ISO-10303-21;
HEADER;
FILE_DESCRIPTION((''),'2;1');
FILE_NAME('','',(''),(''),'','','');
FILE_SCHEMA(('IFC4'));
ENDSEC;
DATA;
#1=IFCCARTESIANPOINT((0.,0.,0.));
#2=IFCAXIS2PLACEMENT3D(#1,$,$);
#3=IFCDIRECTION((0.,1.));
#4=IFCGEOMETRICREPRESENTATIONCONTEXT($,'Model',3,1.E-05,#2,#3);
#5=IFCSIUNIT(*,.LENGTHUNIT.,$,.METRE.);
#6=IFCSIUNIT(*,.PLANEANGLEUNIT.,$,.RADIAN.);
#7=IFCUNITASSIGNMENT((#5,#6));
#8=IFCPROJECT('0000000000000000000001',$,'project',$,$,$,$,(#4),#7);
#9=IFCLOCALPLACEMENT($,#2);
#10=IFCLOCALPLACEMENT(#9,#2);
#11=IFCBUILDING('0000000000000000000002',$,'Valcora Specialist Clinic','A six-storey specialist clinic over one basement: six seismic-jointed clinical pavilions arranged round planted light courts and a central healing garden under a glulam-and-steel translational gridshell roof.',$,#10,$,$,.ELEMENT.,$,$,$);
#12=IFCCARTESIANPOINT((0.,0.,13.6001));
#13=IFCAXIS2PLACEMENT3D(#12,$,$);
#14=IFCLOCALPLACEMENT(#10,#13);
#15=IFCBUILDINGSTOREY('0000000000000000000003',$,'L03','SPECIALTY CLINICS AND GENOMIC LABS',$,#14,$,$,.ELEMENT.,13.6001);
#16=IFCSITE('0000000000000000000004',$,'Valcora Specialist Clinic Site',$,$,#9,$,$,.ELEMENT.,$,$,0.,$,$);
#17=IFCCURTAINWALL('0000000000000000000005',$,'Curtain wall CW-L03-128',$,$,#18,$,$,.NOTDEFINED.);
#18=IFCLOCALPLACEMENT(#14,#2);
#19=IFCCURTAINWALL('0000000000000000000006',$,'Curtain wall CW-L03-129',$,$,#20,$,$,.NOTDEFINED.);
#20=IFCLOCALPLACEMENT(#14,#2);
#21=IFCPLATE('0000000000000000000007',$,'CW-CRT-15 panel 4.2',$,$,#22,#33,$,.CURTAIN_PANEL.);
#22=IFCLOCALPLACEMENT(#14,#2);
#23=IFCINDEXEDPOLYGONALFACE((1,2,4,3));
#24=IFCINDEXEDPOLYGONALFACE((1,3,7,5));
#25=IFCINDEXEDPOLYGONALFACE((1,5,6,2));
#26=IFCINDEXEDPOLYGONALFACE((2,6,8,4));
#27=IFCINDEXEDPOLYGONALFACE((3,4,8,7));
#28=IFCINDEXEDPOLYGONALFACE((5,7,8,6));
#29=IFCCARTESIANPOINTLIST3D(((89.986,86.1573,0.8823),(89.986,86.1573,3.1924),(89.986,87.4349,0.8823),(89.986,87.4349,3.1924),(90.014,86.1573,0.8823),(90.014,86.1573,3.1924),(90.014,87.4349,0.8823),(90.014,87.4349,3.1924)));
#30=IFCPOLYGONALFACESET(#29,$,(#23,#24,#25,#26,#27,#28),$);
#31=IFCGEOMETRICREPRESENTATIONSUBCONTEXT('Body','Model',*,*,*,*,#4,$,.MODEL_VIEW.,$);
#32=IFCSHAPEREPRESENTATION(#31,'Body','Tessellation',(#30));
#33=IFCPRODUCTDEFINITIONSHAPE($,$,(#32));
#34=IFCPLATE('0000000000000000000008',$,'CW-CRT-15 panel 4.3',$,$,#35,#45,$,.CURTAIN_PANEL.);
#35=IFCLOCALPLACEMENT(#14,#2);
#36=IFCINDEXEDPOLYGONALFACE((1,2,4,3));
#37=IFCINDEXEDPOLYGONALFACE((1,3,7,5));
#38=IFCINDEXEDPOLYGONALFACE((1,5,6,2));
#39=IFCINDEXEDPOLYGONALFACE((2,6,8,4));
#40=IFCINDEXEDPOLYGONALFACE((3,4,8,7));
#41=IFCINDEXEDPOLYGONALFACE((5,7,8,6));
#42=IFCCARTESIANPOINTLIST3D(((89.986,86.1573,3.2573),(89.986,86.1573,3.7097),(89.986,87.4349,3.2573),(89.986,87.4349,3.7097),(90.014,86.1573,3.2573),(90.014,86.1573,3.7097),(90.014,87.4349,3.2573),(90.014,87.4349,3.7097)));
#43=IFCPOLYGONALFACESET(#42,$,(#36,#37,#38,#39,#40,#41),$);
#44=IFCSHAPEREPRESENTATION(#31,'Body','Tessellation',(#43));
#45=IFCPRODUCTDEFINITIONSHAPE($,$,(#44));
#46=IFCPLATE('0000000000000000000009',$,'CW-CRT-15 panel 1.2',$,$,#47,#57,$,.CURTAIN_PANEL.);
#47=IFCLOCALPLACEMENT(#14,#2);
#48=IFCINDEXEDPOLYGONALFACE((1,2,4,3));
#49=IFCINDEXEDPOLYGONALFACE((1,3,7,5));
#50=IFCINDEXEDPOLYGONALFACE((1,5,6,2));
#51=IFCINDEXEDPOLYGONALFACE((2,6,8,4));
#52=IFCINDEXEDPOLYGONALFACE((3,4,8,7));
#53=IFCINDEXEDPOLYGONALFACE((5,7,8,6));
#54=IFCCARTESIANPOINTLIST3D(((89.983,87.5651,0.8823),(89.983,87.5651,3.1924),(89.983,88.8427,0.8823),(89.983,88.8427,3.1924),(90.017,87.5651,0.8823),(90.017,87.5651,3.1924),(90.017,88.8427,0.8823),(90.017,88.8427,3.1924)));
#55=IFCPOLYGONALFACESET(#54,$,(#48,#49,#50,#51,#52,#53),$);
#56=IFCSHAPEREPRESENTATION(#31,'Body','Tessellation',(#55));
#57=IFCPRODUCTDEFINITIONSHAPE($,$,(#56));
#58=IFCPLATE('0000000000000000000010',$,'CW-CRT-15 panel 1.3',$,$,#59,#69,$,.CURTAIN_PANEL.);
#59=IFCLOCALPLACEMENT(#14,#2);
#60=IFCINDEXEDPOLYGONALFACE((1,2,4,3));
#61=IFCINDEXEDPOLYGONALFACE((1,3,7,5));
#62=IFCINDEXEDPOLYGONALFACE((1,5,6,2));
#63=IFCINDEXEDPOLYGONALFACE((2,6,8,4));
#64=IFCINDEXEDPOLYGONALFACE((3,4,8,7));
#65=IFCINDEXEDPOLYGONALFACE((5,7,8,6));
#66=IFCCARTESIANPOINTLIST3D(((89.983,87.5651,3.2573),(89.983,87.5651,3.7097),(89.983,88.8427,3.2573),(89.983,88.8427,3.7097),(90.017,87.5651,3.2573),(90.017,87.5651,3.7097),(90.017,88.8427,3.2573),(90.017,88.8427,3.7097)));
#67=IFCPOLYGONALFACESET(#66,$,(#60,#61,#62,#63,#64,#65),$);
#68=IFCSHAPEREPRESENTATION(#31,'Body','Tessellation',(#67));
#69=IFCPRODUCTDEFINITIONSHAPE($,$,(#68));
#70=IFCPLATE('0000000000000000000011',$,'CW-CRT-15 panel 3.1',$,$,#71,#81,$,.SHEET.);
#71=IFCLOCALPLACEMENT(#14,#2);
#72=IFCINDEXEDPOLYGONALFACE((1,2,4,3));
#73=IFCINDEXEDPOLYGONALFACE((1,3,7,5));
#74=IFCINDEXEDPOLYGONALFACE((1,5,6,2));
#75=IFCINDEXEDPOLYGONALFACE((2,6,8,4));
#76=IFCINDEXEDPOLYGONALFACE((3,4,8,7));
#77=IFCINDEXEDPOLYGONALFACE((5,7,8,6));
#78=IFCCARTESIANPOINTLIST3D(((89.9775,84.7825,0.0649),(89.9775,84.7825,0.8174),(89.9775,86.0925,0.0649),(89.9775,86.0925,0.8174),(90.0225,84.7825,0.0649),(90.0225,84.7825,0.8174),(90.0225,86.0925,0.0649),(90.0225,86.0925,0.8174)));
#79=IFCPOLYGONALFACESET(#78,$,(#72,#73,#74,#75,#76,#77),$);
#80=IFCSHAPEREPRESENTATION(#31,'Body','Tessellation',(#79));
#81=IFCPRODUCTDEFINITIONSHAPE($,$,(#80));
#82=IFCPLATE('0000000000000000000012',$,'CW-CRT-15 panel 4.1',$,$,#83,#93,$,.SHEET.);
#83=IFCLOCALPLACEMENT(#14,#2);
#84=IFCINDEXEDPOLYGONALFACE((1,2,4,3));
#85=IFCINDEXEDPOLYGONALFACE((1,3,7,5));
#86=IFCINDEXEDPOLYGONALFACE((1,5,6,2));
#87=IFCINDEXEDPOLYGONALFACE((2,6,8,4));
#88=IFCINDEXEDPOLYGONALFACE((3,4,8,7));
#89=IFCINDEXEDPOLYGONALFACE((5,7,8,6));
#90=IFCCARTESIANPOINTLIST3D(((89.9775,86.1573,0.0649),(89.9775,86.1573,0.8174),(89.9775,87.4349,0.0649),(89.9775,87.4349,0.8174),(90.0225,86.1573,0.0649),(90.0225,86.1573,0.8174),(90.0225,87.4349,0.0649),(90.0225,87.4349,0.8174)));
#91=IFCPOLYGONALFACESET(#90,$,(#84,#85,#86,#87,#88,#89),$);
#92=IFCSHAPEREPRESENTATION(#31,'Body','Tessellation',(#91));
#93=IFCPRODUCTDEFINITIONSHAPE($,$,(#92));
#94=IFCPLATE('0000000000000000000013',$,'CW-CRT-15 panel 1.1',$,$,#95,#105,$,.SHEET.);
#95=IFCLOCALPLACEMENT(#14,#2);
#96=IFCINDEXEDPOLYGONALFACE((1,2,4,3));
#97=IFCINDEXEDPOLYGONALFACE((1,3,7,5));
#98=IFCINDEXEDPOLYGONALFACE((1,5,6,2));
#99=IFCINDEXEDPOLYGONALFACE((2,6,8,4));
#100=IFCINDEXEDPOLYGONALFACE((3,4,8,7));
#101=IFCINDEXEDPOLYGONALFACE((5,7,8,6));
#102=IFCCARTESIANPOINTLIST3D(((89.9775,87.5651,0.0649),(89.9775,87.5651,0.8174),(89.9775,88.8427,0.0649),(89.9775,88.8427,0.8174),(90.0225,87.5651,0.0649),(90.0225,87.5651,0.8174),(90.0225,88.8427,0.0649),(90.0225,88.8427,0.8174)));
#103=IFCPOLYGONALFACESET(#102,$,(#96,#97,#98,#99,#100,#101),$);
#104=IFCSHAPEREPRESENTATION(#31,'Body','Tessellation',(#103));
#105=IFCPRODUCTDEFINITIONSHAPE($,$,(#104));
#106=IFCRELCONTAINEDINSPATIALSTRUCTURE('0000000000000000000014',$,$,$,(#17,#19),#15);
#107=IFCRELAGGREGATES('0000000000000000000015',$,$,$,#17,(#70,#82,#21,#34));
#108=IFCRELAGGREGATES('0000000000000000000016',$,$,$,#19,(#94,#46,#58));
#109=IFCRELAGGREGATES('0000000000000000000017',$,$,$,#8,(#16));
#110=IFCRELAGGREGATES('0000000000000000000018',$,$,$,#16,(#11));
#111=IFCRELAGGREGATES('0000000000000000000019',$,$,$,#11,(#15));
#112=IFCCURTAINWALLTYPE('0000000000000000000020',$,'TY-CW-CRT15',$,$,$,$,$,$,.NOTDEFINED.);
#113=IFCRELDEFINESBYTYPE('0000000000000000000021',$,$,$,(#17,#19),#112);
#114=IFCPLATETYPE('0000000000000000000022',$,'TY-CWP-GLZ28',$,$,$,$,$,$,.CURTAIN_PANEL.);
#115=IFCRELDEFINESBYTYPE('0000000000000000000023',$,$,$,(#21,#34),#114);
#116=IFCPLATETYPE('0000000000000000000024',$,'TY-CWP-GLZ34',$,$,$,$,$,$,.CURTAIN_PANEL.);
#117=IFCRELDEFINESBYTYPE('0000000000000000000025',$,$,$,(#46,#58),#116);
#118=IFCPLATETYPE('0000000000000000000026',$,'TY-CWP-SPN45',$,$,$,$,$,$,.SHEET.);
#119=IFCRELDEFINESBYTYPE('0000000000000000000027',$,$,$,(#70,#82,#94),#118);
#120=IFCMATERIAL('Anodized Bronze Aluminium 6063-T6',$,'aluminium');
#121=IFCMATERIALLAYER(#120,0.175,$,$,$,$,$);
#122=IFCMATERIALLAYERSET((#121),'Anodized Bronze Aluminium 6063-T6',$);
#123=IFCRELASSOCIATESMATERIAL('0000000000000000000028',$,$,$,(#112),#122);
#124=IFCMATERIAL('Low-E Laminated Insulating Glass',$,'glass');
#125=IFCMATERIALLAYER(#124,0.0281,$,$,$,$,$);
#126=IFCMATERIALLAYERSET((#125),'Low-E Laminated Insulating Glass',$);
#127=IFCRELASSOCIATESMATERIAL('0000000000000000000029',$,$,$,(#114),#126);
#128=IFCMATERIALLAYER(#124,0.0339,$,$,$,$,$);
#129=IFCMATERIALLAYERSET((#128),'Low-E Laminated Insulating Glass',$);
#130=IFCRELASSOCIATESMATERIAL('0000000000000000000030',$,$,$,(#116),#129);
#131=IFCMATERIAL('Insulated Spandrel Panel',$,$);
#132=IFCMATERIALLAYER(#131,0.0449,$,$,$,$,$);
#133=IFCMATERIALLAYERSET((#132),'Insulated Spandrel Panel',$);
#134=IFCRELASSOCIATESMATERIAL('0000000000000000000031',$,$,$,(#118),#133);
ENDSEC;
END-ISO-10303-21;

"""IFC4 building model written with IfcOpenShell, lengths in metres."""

from ifc_helpers import new_model, si_unit, direction, frame, origin, origin_2d, place, context, subcontext, project, spatial, rectangle, extrude, material, layer, layer_set, type_object, element, aggregate, save


model = new_model("IFC4")

# Units and contexts
model_context = context("Model", 3, precision=1e-05, world=origin(), true_north=direction((0.0, 1.0)))
body_context = subcontext(model_context, "Body", "Model", "MODEL_VIEW")
ifc_project = project(units=[si_unit("LENGTHUNIT", "METRE"), si_unit("PLANEANGLEUNIT", "RADIAN")], contexts=[model_context])

# Site, building, storey
site_placement = place(None, origin())
site = spatial("IfcSite", under=ifc_project, at=site_placement, Name="Valcora Specialist Clinic Site", CompositionType="ELEMENT", RefElevation=0.0)
building_placement = place(site_placement, origin())
building = spatial("IfcBuilding", under=site, at=building_placement, Name="Valcora Specialist Clinic", Description="A six-storey specialist clinic over one basement: six seismic-jointed clinical pavilions arranged round planted light courts and a central healing garden under a glulam-and-steel translational gridshell roof.", CompositionType="ELEMENT")
storey_placement = place(building_placement, frame((0.0, 0.0, 13.6001)))
storey = spatial("IfcBuildingStorey", under=building, at=storey_placement, Name="L03", Description="SPECIALTY CLINICS AND GENOMIC LABS", CompositionType="ELEMENT", Elevation=13.6001)

# Curtain walls
ifc_material_1 = material(Name="Anodized Bronze Aluminium 6063-T6", Category="aluminium")
ifc_layer_1 = layer(ifc_material_1, 0.175)
ifc_layer_set_1 = layer_set([ifc_layer_1], Name="Anodized Bronze Aluminium 6063-T6")
curtain_wall_type = type_object("IfcCurtainWallType", Name="TY-CW-CRT15", PredefinedType="NOTDEFINED", material=ifc_layer_set_1)
curtain_wall_1_placement = place(storey_placement, origin())
curtain_wall_1 = element("IfcCurtainWall", 1, at=curtain_wall_1_placement, inside=storey, type_object=curtain_wall_type, Name="Curtain wall CW-L03-128", PredefinedType="NOTDEFINED")
curtain_wall_2_placement = place(storey_placement, origin())
curtain_wall_2 = element("IfcCurtainWall", 2, at=curtain_wall_2_placement, inside=storey, type_object=curtain_wall_type, Name="Curtain wall CW-L03-129", PredefinedType="NOTDEFINED")

# Plates
ifc_material_2 = material(Name="Low-E Laminated Insulating Glass", Category="glass")
ifc_layer_2 = layer(ifc_material_2, 0.0281)
ifc_layer_set_2 = layer_set([ifc_layer_2], Name="Low-E Laminated Insulating Glass")
plate_type_1 = type_object("IfcPlateType", Name="TY-CWP-GLZ28", PredefinedType="CURTAIN_PANEL", material=ifc_layer_set_2)
plate_1_placement = place(storey_placement, frame((90.0, 86.7961, 0.8823), z_axis=(0.0, 0.0, 1.0), x_axis=(0.0, 1.0, 0.0)))
plate_1 = element("IfcPlate", 3, at=plate_1_placement, type_object=plate_type_1, Name="CW-CRT-15 panel 4.2", PredefinedType="CURTAIN_PANEL", context=body_context, shape_type="SweptSolid", body=[
    extrude(rectangle(XDim=1.2776, YDim=0.0281, at=origin_2d()), origin(), (0.0, 0.0, 1.0), 2.3101),
])
plate_2_placement = place(storey_placement, frame((90.0, 86.7961, 3.2573), z_axis=(0.0, 0.0, 1.0), x_axis=(0.0, 1.0, 0.0)))
plate_2 = element("IfcPlate", 4, at=plate_2_placement, type_object=plate_type_1, Name="CW-CRT-15 panel 4.3", PredefinedType="CURTAIN_PANEL", context=body_context, shape_type="SweptSolid", body=[
    extrude(rectangle(XDim=1.2776, YDim=0.0281, at=origin_2d()), origin(), (0.0, 0.0, 1.0), 0.4524),
])
ifc_layer_3 = layer(ifc_material_2, 0.0339)
ifc_layer_set_3 = layer_set([ifc_layer_3], Name="Low-E Laminated Insulating Glass")
plate_type_2 = type_object("IfcPlateType", Name="TY-CWP-GLZ34", PredefinedType="CURTAIN_PANEL", material=ifc_layer_set_3)
plate_3_placement = place(storey_placement, frame((90.0, 88.2039, 0.8823), z_axis=(0.0, 0.0, 1.0), x_axis=(0.0, 1.0, 0.0)))
plate_3 = element("IfcPlate", 5, at=plate_3_placement, type_object=plate_type_2, Name="CW-CRT-15 panel 1.2", PredefinedType="CURTAIN_PANEL", context=body_context, shape_type="SweptSolid", body=[
    extrude(rectangle(XDim=1.2776, YDim=0.0339, at=origin_2d()), origin(), (0.0, 0.0, 1.0), 2.3101),
])
plate_4_placement = place(storey_placement, frame((90.0, 88.2039, 3.2573), z_axis=(0.0, 0.0, 1.0), x_axis=(0.0, 1.0, 0.0)))
plate_4 = element("IfcPlate", 6, at=plate_4_placement, type_object=plate_type_2, Name="CW-CRT-15 panel 1.3", PredefinedType="CURTAIN_PANEL", context=body_context, shape_type="SweptSolid", body=[
    extrude(rectangle(XDim=1.2776, YDim=0.0339, at=origin_2d()), origin(), (0.0, 0.0, 1.0), 0.4524),
])
ifc_material_3 = material(Name="Insulated Spandrel Panel")
ifc_layer_4 = layer(ifc_material_3, 0.0449)
ifc_layer_set_4 = layer_set([ifc_layer_4], Name="Insulated Spandrel Panel")
plate_type_3 = type_object("IfcPlateType", Name="TY-CWP-SPN45", PredefinedType="SHEET", material=ifc_layer_set_4)
plate_5_placement = place(storey_placement, frame((90.0, 85.4375, 0.0649), z_axis=(0.0, 0.0, 1.0), x_axis=(0.0, 1.0, 0.0)))
plate_5 = element("IfcPlate", 7, at=plate_5_placement, type_object=plate_type_3, Name="CW-CRT-15 panel 3.1", PredefinedType="SHEET", context=body_context, shape_type="SweptSolid", body=[
    extrude(rectangle(XDim=1.3101, YDim=0.0449, at=origin_2d()), origin(), (0.0, 0.0, 1.0), 0.7524),
])
plate_6_placement = place(storey_placement, frame((90.0, 86.7961, 0.0649), z_axis=(0.0, 0.0, 1.0), x_axis=(0.0, 1.0, 0.0)))
plate_6 = element("IfcPlate", 8, at=plate_6_placement, type_object=plate_type_3, Name="CW-CRT-15 panel 4.1", PredefinedType="SHEET", context=body_context, shape_type="SweptSolid", body=[
    extrude(rectangle(XDim=1.2776, YDim=0.0449, at=origin_2d()), origin(), (0.0, 0.0, 1.0), 0.7524),
])
aggregate(curtain_wall_1, [plate_5, plate_6, plate_1, plate_2])
plate_7_placement = place(storey_placement, frame((90.0, 88.2039, 0.0649), z_axis=(0.0, 0.0, 1.0), x_axis=(0.0, 1.0, 0.0)))
plate_7 = element("IfcPlate", 9, at=plate_7_placement, type_object=plate_type_3, Name="CW-CRT-15 panel 1.1", PredefinedType="SHEET", context=body_context, shape_type="SweptSolid", body=[
    extrude(rectangle(XDim=1.2776, YDim=0.0449, at=origin_2d()), origin(), (0.0, 0.0, 1.0), 0.7524),
])
aggregate(curtain_wall_2, [plate_7, plate_3, plate_4])

save(model, "model.ifc")
